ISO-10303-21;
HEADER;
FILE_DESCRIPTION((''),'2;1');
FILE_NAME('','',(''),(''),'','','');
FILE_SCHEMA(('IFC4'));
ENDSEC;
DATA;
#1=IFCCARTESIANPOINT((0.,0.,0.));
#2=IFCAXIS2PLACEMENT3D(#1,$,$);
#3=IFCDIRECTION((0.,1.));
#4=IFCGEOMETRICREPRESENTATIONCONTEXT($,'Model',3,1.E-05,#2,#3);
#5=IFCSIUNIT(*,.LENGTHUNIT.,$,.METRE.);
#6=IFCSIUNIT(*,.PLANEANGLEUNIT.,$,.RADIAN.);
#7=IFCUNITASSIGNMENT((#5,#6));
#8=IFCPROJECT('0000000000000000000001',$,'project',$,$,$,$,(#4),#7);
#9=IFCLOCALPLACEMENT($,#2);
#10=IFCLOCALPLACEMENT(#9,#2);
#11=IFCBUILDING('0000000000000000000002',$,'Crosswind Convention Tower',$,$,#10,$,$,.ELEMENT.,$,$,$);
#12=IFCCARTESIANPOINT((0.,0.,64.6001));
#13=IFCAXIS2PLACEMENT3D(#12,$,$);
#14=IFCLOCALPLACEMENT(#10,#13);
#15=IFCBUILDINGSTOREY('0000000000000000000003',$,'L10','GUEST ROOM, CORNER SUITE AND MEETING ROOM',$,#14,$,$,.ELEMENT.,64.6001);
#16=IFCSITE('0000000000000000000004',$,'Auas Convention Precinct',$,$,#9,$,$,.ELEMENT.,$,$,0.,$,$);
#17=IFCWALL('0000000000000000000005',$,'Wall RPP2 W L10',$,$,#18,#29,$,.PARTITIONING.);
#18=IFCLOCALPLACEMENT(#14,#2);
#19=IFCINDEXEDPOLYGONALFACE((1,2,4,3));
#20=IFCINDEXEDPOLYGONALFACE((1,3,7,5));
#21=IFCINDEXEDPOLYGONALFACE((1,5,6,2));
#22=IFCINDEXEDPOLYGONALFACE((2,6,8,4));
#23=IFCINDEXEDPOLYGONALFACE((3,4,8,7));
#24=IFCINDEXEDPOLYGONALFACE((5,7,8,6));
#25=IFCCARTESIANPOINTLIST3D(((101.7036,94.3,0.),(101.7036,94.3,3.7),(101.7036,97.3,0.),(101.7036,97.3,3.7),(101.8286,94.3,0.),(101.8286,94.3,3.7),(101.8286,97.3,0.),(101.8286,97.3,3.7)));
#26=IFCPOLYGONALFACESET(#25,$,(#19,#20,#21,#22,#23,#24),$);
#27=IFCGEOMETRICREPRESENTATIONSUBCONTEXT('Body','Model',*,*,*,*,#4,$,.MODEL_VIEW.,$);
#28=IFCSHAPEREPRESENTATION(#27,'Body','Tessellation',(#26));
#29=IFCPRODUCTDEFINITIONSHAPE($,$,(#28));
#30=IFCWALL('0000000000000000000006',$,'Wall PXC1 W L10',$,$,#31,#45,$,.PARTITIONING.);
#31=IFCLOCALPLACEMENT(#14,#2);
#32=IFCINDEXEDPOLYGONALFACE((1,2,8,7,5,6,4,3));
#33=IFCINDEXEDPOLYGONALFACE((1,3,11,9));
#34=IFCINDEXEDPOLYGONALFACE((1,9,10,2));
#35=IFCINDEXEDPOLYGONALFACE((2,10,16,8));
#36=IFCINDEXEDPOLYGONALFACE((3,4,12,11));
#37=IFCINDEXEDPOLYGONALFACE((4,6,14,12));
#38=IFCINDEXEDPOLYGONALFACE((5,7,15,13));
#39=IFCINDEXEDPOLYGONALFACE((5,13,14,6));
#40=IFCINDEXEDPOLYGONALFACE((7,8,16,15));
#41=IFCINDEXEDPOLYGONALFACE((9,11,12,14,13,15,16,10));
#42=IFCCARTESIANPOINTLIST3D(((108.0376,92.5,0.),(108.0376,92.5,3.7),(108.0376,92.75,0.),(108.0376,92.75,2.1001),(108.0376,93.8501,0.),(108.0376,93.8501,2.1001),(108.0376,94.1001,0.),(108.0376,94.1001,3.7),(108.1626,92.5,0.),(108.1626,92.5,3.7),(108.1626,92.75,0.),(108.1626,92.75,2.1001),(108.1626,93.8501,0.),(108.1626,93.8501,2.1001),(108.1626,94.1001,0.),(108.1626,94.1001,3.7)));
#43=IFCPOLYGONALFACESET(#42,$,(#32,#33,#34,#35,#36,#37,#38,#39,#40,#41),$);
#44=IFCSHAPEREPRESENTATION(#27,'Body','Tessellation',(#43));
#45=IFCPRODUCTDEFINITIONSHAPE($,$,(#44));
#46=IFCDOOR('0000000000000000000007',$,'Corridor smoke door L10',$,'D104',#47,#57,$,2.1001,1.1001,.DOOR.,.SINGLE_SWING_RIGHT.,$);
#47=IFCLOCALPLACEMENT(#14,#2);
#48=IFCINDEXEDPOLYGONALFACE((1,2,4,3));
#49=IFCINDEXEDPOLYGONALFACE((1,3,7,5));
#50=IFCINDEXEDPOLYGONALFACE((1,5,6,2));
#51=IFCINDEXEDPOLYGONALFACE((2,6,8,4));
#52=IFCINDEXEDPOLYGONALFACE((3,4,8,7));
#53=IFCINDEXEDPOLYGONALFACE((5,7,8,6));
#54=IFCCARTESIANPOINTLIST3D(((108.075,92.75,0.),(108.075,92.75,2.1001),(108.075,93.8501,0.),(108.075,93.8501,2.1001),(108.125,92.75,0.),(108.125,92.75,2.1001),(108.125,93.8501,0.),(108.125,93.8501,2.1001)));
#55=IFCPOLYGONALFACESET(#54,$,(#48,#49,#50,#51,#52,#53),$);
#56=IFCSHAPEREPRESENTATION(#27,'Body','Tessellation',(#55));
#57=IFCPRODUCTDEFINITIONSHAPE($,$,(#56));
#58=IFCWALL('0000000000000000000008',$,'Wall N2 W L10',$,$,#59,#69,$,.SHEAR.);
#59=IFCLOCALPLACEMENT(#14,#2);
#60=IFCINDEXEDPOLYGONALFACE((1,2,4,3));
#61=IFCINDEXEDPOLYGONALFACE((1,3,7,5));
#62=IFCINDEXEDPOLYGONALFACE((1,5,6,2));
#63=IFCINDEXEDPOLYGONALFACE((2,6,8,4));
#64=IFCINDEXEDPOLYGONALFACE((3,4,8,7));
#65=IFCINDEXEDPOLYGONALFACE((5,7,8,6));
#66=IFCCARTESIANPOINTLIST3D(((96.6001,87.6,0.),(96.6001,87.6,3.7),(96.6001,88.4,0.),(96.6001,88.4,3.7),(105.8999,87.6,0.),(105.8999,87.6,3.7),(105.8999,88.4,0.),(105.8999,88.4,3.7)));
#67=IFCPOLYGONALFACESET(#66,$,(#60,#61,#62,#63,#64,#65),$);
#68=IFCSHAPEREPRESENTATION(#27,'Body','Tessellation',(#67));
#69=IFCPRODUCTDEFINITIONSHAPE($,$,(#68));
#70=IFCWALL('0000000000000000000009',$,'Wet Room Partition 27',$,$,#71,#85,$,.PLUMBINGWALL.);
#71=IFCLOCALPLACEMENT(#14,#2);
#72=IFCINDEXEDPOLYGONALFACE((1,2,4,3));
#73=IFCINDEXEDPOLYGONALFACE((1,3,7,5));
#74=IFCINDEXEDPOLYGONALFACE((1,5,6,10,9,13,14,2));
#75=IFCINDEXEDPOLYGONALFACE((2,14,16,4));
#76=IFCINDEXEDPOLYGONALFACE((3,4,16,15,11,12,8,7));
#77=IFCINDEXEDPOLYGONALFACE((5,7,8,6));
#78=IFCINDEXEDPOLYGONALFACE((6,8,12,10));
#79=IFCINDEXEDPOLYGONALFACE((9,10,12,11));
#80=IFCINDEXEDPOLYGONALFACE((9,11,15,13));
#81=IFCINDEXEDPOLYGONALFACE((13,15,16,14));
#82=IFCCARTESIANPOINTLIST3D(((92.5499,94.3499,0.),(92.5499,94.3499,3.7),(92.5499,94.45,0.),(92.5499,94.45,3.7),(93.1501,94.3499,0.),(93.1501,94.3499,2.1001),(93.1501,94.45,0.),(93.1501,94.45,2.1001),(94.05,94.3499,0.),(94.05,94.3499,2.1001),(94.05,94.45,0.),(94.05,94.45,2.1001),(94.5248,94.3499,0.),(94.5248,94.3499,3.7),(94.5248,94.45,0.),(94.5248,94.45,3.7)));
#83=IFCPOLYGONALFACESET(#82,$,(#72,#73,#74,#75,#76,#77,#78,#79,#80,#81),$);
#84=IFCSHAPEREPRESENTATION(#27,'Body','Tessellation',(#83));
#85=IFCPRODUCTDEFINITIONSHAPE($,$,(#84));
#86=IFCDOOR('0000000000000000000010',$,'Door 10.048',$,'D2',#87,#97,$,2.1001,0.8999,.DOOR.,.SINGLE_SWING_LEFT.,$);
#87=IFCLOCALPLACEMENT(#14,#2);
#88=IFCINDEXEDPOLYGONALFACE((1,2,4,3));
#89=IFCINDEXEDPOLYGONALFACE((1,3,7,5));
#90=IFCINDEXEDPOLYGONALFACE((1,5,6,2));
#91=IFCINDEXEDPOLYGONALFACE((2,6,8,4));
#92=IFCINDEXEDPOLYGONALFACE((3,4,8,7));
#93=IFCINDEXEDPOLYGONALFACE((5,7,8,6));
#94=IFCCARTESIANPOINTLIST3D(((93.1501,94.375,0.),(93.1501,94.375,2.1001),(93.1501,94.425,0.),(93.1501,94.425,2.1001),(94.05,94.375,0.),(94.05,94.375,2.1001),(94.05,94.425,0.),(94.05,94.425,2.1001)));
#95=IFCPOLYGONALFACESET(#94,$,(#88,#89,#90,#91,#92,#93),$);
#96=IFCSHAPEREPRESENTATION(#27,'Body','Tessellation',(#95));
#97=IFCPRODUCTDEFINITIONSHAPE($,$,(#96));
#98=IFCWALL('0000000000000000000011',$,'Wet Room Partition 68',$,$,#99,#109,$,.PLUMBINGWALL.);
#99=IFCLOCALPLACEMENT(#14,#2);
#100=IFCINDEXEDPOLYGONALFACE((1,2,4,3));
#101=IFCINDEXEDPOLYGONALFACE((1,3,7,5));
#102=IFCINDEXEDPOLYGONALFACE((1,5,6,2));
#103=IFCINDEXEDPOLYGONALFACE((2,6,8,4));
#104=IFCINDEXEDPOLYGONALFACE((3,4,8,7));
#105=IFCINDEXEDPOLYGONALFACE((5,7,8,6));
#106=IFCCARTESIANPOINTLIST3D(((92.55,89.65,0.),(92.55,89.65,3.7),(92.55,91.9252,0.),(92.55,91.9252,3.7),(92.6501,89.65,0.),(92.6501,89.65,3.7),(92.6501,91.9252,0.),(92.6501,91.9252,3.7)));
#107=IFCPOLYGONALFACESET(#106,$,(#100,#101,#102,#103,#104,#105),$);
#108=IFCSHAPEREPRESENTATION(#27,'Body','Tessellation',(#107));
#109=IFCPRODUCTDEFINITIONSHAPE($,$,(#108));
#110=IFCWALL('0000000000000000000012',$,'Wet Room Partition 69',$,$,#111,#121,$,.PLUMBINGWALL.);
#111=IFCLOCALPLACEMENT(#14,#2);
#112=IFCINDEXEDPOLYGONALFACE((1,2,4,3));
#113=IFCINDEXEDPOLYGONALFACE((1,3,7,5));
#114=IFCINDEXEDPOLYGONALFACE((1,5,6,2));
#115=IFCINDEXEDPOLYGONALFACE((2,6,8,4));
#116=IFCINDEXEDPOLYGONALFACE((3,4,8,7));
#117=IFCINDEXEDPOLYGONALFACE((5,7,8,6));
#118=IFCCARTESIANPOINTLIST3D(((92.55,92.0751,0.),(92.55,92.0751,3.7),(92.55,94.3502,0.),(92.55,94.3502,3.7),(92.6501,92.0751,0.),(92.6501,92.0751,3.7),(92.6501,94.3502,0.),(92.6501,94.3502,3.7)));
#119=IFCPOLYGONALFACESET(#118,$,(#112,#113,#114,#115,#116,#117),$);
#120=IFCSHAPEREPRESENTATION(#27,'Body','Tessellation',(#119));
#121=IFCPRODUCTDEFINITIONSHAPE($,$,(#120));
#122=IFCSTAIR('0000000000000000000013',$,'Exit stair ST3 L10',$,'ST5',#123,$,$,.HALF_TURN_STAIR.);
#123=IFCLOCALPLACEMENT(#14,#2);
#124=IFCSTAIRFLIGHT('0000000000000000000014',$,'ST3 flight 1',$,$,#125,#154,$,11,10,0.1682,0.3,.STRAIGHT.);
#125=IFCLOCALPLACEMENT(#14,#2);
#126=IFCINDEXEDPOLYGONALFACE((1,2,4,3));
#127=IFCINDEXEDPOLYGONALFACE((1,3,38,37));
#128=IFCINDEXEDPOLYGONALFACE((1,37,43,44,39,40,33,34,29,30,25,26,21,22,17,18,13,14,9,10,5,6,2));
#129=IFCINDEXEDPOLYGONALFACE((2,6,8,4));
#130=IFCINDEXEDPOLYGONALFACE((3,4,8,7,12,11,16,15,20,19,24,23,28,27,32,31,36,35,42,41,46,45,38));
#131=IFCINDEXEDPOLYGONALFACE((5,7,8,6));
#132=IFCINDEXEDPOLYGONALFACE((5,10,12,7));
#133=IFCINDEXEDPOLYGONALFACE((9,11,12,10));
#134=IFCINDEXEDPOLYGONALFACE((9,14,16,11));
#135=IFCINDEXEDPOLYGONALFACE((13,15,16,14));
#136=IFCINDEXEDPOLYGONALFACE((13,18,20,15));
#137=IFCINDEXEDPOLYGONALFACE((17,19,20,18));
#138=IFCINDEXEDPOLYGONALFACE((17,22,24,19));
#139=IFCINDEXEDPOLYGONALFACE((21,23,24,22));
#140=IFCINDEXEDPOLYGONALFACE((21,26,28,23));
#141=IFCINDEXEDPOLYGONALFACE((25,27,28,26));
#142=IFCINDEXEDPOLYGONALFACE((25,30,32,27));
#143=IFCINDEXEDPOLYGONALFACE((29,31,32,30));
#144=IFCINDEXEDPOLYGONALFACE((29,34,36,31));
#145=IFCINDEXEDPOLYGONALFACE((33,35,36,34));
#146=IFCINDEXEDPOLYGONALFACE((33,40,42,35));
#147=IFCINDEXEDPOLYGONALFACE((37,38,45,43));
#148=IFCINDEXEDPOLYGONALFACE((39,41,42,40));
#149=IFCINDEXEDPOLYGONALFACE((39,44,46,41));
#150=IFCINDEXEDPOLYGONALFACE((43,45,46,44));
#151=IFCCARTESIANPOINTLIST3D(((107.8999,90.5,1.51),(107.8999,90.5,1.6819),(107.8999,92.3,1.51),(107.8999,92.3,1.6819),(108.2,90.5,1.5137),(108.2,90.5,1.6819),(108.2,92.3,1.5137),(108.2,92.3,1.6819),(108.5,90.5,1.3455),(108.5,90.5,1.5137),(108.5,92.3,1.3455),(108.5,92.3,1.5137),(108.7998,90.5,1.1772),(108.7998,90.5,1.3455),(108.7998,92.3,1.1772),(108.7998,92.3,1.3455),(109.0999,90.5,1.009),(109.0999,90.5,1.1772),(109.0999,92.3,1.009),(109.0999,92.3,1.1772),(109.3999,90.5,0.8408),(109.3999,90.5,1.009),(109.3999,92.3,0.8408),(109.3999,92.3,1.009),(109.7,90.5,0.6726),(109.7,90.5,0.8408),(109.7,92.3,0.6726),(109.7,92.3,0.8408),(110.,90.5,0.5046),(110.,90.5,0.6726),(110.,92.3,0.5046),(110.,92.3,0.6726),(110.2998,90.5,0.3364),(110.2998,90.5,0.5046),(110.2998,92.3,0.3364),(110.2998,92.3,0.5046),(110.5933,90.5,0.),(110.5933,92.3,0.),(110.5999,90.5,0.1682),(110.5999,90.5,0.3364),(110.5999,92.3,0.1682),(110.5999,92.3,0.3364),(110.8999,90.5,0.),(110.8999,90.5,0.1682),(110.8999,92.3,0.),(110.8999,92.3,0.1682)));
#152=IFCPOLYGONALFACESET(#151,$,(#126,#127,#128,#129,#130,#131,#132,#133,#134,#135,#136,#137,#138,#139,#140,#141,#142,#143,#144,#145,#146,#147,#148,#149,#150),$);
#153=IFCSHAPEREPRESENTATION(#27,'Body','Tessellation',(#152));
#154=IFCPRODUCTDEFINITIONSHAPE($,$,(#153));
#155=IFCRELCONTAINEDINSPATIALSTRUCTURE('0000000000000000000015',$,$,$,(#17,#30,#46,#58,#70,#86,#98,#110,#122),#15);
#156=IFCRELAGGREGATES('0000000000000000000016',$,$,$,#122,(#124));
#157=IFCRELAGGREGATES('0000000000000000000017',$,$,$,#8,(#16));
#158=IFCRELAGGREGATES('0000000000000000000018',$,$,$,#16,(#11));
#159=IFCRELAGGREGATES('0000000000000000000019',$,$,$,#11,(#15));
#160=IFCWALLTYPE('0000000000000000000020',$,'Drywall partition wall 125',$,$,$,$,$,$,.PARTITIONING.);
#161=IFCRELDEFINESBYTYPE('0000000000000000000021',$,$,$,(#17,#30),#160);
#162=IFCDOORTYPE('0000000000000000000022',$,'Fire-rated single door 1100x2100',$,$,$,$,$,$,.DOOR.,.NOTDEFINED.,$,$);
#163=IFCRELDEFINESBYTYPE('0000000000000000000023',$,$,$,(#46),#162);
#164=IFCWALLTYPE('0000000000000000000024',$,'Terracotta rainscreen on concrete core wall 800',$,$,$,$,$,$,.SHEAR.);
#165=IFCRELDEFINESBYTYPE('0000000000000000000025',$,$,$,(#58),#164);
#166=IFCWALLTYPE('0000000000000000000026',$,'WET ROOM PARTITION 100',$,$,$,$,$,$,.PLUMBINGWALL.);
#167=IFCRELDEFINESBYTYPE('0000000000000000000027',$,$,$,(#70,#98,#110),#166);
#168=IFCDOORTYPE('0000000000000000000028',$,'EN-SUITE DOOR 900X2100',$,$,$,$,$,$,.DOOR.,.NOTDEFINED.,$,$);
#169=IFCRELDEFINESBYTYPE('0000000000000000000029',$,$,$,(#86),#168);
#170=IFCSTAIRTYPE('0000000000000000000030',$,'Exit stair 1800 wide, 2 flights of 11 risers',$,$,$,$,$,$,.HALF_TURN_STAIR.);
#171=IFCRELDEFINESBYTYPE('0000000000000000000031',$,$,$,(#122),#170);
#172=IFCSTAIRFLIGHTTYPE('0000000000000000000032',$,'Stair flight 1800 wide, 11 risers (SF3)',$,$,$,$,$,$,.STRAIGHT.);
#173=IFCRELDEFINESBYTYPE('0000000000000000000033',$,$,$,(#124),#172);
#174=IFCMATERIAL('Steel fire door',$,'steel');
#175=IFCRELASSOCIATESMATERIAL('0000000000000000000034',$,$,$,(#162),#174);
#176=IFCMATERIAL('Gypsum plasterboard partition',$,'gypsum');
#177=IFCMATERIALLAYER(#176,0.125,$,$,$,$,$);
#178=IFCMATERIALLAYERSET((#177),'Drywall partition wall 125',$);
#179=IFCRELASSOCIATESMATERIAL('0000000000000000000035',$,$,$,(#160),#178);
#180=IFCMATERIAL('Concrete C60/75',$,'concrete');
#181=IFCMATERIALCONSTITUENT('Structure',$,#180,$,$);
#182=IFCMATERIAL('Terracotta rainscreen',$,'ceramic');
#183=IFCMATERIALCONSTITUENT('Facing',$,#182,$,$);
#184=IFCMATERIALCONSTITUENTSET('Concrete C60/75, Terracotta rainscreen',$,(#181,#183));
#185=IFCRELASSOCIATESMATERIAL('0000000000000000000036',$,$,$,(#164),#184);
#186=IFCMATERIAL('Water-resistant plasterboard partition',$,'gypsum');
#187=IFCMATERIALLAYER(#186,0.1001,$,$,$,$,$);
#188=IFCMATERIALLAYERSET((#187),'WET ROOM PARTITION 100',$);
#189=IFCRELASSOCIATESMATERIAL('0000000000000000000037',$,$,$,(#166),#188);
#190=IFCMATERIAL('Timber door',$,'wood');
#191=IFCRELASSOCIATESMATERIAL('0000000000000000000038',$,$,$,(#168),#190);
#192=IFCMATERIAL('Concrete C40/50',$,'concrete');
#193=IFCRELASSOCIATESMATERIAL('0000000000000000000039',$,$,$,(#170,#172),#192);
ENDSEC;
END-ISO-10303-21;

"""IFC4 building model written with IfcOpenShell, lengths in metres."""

from ifc_helpers import new_model, si_unit, direction, frame, frame_2d, origin, place, context, subcontext, project, spatial, polyline, rectangle, outline, extrude, material, layer, layer_set, constituent, constituent_set, type_object, element, fill, aggregate, save


model = new_model("IFC4")

# Units and contexts
model_context = context("Model", 3, precision=1e-05, world=origin(), true_north=direction((0.0, 1.0)))
body_context = subcontext(model_context, "Body", "Model", "MODEL_VIEW")
ifc_project = project(units=[si_unit("LENGTHUNIT", "METRE"), si_unit("PLANEANGLEUNIT", "RADIAN")], contexts=[model_context])

# Site, building, storey
site_placement = place(None, origin())
site = spatial("IfcSite", under=ifc_project, at=site_placement, Name="Auas Convention Precinct", CompositionType="ELEMENT", RefElevation=0.0)
building_placement = place(site_placement, origin())
building = spatial("IfcBuilding", under=site, at=building_placement, Name="Crosswind Convention Tower", CompositionType="ELEMENT")
storey_placement = place(building_placement, frame((0.0, 0.0, 64.6001)))
storey = spatial("IfcBuildingStorey", under=building, at=storey_placement, Name="L10", Description="GUEST ROOM, CORNER SUITE AND MEETING ROOM", CompositionType="ELEMENT", Elevation=64.6001)

# Shared definitions
ifc_material_1 = material(Name="Steel fire door", Category="steel")
door_type_1 = type_object("IfcDoorType", Name="Fire-rated single door 1100x2100", OperationType="NOTDEFINED", PredefinedType="DOOR", material=ifc_material_1)
ifc_material_2 = material(Name="Timber door", Category="wood")

# Wall
ifc_material_3 = material(Name="Gypsum plasterboard partition", Category="gypsum")
ifc_layer_1 = layer(ifc_material_3, 0.125)
ifc_layer_set_1 = layer_set([ifc_layer_1], Name="Drywall partition wall 125")
wall_type_1 = type_object("IfcWallType", Name="Drywall partition wall 125", PredefinedType="PARTITIONING", material=ifc_layer_set_1)
for number, where, z_axis, x_axis, name in (
    (1, (101.7661, 97.3, 0.0), (0.0, 0.0, 1.0), (0.0, -1.0, 0.0), "Wall RPP2 W L10"),
):
    element("IfcWall", number, at=place(storey_placement, frame(where, z_axis=z_axis, x_axis=x_axis)), inside=storey, type_object=wall_type_1, Name=name, PredefinedType="PARTITIONING", context=body_context, shape_type="SweptSolid", body=[
        extrude(rectangle(XDim=3.0, YDim=0.125, at=frame_2d((1.5, 0.0))), origin(), (0.0, 0.0, 1.0), 3.7),
    ])

# Wall, opening, door
wall_1_placement = place(storey_placement, frame((108.1001, 94.1001, 0.0), z_axis=(0.0, 0.0, 1.0), x_axis=(0.0, -1.0, 0.0)))
wall_1 = element("IfcWall", 2, at=wall_1_placement, inside=storey, type_object=wall_type_1, Name="Wall PXC1 W L10", PredefinedType="PARTITIONING", context=body_context, shape_type="SweptSolid", body=[
    extrude(rectangle(XDim=1.6001, YDim=0.125, at=frame_2d((0.8, 0.0))), origin(), (0.0, 0.0, 1.0), 3.7),
])
opening_1_placement = place(wall_1_placement, frame((0.25, 0.0, 0.0)))
opening_1 = element("IfcOpeningElement", 3, at=opening_1_placement, cuts=wall_1, PredefinedType="OPENING", context=body_context, shape_type="SweptSolid", body=[
    extrude(rectangle(XDim=1.1001, YDim=2.1001, at=frame_2d((0.55, 1.05))), frame((0.0, 0.0725, 0.0), z_axis=(0.0, -1.0, 0.0), x_axis=(1.0, 0.0, 0.0)), (0.0, 0.0, 1.0), 0.145),
])
door_1_placement = place(opening_1_placement, origin())
door_1 = element("IfcDoor", 4, at=door_1_placement, inside=storey, type_object=door_type_1, Name="Corridor smoke door L10", ObjectType="D104", OperationType="SINGLE_SWING_RIGHT", OverallHeight=2.1001, OverallWidth=1.1001, PredefinedType="DOOR", context=body_context, shape_type="SweptSolid", body=[
    extrude(rectangle(XDim=1.1001, YDim=2.1001, at=frame_2d((0.55, 1.05))), frame((0.0, 0.0249, 0.0), z_axis=(0.0, -1.0, 0.0), x_axis=(1.0, 0.0, 0.0)), (0.0, 0.0, 1.0), 0.05),
])
fill(opening_1, door_1)
ifc_material_4 = material(Name="Terracotta rainscreen", Category="ceramic")

# Wall
ifc_material_5 = material(Name="Concrete C60/75", Category="concrete")
ifc_constituent_1 = constituent(ifc_material_5, Name="Structure")
ifc_constituent_2 = constituent(ifc_material_4, Name="Facing")
ifc_constituent_set = constituent_set(constituents=[ifc_constituent_1, ifc_constituent_2], Name="Concrete C60/75, Terracotta rainscreen")
wall_type_2 = type_object("IfcWallType", Name="Terracotta rainscreen on concrete core wall 800", PredefinedType="SHEAR", material=ifc_constituent_set)
wall_2_placement = place(storey_placement, frame((105.8999, 88.0, 0.0), z_axis=(0.0, 0.0, 1.0), x_axis=(-1.0, 0.0, 0.0)))
element("IfcWall", 5, at=wall_2_placement, inside=storey, type_object=wall_type_2, Name="Wall N2 W L10", PredefinedType="SHEAR", context=body_context, shape_type="SweptSolid", body=[
    extrude(rectangle(XDim=9.2998, YDim=0.8, at=frame_2d((4.6499, 0.0))), origin(), (0.0, 0.0, 1.0), 3.7),
])

# Wall, opening, door
ifc_material_6 = material(Name="Water-resistant plasterboard partition", Category="gypsum")
ifc_layer_2 = layer(ifc_material_6, 0.1001)
ifc_layer_set_2 = layer_set([ifc_layer_2], Name="WET ROOM PARTITION 100")
wall_type_3 = type_object("IfcWallType", Name="WET ROOM PARTITION 100", PredefinedType="PLUMBINGWALL", material=ifc_layer_set_2)
wall_3_placement = place(storey_placement, frame((92.55, 94.3999, 0.0), z_axis=(0.0, 0.0, 1.0), x_axis=(1.0, 0.0, 0.0)))
wall_3 = element("IfcWall", 6, at=wall_3_placement, inside=storey, type_object=wall_type_3, Name="Wet Room Partition 27", PredefinedType="PLUMBINGWALL", context=body_context, shape_type="SweptSolid", body=[
    extrude(rectangle(XDim=1.9749, YDim=0.1001, at=frame_2d((0.9873, 0.0))), origin(), (0.0, 0.0, 1.0), 3.7),
])
opening_2_placement = place(wall_3_placement, frame((0.6001, 0.0, 0.0)))
opening_2 = element("IfcOpeningElement", 7, at=opening_2_placement, cuts=wall_3, PredefinedType="OPENING", context=body_context, shape_type="SweptSolid", body=[
    extrude(rectangle(XDim=0.8999, YDim=2.1001, at=frame_2d((0.45, 1.05))), frame((0.0, 0.0601, 0.0), z_axis=(0.0, -1.0, 0.0), x_axis=(1.0, 0.0, 0.0)), (0.0, 0.0, 1.0), 0.1201),
])
door_type_2 = type_object("IfcDoorType", Name="EN-SUITE DOOR 900X2100", OperationType="NOTDEFINED", PredefinedType="DOOR", material=ifc_material_2)
door_2_placement = place(opening_2_placement, frame((0.8999, 0.0, 0.0), z_axis=(0.0, 0.0, 1.0), x_axis=(-1.0, 0.0, 0.0)))
door_2 = element("IfcDoor", 8, at=door_2_placement, inside=storey, type_object=door_type_2, Name="Door 10.048", ObjectType="D2", OperationType="SINGLE_SWING_LEFT", OverallHeight=2.1001, OverallWidth=0.8999, PredefinedType="DOOR", context=body_context, shape_type="SweptSolid", body=[
    extrude(rectangle(XDim=0.8999, YDim=2.1001, at=frame_2d((0.45, 1.05))), frame((0.0, 0.0249, 0.0), z_axis=(0.0, -1.0, 0.0), x_axis=(1.0, 0.0, 0.0)), (0.0, 0.0, 1.0), 0.05),
])
fill(opening_2, door_2)

# Walls
for number, where, z_axis, x_axis, name in (
    (9, (92.6001, 89.6499, 0.0), (0.0, 0.0, 1.0), (0.0, 1.0, 0.0), "Wet Room Partition 68"),
    (10, (92.6001, 92.075, 0.0), (0.0, 0.0, 1.0), (0.0, 1.0, 0.0), "Wet Room Partition 69"),
):
    element("IfcWall", number, at=place(storey_placement, frame(where, z_axis=z_axis, x_axis=x_axis)), inside=storey, type_object=wall_type_3, Name=name, PredefinedType="PLUMBINGWALL", context=body_context, shape_type="SweptSolid", body=[
        extrude(rectangle(XDim=2.2751, YDim=0.1001, at=frame_2d((1.1377, 0.0))), origin(), (0.0, 0.0, 1.0), 3.7),
    ])

# Stair, stair flight
ifc_material_7 = material(Name="Concrete C40/50", Category="concrete")
stair_type = type_object("IfcStairType", Name="Exit stair 1800 wide, 2 flights of 11 risers", PredefinedType="HALF_TURN_STAIR", material=ifc_material_7)
stair_placement = place(storey_placement, origin())
stair = element("IfcStair", 11, at=stair_placement, inside=storey, type_object=stair_type, Name="Exit stair ST3 L10", ObjectType="ST5", PredefinedType="HALF_TURN_STAIR")
stair_flight_type = type_object("IfcStairFlightType", Name="Stair flight 1800 wide, 11 risers (SF3)", PredefinedType="STRAIGHT", material=ifc_material_7)
stair_flight_1_placement = place(storey_placement, frame((110.8999, 91.3999, 0.0), z_axis=(0.0, 0.0, 1.0), x_axis=(-1.0, 0.0, 0.0)))
stair_flight_1 = element("IfcStairFlight", 12, at=stair_flight_1_placement, type_object=stair_flight_type, Name="ST3 flight 1", NumberOfRisers=11, NumberOfTreads=10, PredefinedType="STRAIGHT", RiserHeight=0.1682, TreadLength=0.3, context=body_context, shape_type="SweptSolid", body=[
    extrude(outline(polyline([(0.0, 0.0), (0.0, 0.1682), (0.3, 0.1682), (0.3, 0.3364), (0.6001, 0.3364), (0.6001, 0.5046), (0.8999, 0.5046), (0.8999, 0.6726), (1.2, 0.6726), (1.2, 0.8408), (1.5, 0.8408), (1.5, 1.009), (1.8, 1.009), (1.8, 1.1772), (2.1001, 1.1772), (2.1001, 1.3455), (2.3999, 1.3455), (2.3999, 1.5137), (2.7, 1.5137), (2.7, 1.6819), (3.0, 1.6819), (3.0, 1.8501), (3.0, 1.51), (0.3066, 0.0), (0.0, 0.0)])), frame((0.0, 0.8999, 0.0), z_axis=(0.0, -1.0, 0.0), x_axis=(1.0, 0.0, 0.0)), (0.0, 0.0, 1.0), 1.8),
])
aggregate(stair, [stair_flight_1])

save(model, "model.ifc")
